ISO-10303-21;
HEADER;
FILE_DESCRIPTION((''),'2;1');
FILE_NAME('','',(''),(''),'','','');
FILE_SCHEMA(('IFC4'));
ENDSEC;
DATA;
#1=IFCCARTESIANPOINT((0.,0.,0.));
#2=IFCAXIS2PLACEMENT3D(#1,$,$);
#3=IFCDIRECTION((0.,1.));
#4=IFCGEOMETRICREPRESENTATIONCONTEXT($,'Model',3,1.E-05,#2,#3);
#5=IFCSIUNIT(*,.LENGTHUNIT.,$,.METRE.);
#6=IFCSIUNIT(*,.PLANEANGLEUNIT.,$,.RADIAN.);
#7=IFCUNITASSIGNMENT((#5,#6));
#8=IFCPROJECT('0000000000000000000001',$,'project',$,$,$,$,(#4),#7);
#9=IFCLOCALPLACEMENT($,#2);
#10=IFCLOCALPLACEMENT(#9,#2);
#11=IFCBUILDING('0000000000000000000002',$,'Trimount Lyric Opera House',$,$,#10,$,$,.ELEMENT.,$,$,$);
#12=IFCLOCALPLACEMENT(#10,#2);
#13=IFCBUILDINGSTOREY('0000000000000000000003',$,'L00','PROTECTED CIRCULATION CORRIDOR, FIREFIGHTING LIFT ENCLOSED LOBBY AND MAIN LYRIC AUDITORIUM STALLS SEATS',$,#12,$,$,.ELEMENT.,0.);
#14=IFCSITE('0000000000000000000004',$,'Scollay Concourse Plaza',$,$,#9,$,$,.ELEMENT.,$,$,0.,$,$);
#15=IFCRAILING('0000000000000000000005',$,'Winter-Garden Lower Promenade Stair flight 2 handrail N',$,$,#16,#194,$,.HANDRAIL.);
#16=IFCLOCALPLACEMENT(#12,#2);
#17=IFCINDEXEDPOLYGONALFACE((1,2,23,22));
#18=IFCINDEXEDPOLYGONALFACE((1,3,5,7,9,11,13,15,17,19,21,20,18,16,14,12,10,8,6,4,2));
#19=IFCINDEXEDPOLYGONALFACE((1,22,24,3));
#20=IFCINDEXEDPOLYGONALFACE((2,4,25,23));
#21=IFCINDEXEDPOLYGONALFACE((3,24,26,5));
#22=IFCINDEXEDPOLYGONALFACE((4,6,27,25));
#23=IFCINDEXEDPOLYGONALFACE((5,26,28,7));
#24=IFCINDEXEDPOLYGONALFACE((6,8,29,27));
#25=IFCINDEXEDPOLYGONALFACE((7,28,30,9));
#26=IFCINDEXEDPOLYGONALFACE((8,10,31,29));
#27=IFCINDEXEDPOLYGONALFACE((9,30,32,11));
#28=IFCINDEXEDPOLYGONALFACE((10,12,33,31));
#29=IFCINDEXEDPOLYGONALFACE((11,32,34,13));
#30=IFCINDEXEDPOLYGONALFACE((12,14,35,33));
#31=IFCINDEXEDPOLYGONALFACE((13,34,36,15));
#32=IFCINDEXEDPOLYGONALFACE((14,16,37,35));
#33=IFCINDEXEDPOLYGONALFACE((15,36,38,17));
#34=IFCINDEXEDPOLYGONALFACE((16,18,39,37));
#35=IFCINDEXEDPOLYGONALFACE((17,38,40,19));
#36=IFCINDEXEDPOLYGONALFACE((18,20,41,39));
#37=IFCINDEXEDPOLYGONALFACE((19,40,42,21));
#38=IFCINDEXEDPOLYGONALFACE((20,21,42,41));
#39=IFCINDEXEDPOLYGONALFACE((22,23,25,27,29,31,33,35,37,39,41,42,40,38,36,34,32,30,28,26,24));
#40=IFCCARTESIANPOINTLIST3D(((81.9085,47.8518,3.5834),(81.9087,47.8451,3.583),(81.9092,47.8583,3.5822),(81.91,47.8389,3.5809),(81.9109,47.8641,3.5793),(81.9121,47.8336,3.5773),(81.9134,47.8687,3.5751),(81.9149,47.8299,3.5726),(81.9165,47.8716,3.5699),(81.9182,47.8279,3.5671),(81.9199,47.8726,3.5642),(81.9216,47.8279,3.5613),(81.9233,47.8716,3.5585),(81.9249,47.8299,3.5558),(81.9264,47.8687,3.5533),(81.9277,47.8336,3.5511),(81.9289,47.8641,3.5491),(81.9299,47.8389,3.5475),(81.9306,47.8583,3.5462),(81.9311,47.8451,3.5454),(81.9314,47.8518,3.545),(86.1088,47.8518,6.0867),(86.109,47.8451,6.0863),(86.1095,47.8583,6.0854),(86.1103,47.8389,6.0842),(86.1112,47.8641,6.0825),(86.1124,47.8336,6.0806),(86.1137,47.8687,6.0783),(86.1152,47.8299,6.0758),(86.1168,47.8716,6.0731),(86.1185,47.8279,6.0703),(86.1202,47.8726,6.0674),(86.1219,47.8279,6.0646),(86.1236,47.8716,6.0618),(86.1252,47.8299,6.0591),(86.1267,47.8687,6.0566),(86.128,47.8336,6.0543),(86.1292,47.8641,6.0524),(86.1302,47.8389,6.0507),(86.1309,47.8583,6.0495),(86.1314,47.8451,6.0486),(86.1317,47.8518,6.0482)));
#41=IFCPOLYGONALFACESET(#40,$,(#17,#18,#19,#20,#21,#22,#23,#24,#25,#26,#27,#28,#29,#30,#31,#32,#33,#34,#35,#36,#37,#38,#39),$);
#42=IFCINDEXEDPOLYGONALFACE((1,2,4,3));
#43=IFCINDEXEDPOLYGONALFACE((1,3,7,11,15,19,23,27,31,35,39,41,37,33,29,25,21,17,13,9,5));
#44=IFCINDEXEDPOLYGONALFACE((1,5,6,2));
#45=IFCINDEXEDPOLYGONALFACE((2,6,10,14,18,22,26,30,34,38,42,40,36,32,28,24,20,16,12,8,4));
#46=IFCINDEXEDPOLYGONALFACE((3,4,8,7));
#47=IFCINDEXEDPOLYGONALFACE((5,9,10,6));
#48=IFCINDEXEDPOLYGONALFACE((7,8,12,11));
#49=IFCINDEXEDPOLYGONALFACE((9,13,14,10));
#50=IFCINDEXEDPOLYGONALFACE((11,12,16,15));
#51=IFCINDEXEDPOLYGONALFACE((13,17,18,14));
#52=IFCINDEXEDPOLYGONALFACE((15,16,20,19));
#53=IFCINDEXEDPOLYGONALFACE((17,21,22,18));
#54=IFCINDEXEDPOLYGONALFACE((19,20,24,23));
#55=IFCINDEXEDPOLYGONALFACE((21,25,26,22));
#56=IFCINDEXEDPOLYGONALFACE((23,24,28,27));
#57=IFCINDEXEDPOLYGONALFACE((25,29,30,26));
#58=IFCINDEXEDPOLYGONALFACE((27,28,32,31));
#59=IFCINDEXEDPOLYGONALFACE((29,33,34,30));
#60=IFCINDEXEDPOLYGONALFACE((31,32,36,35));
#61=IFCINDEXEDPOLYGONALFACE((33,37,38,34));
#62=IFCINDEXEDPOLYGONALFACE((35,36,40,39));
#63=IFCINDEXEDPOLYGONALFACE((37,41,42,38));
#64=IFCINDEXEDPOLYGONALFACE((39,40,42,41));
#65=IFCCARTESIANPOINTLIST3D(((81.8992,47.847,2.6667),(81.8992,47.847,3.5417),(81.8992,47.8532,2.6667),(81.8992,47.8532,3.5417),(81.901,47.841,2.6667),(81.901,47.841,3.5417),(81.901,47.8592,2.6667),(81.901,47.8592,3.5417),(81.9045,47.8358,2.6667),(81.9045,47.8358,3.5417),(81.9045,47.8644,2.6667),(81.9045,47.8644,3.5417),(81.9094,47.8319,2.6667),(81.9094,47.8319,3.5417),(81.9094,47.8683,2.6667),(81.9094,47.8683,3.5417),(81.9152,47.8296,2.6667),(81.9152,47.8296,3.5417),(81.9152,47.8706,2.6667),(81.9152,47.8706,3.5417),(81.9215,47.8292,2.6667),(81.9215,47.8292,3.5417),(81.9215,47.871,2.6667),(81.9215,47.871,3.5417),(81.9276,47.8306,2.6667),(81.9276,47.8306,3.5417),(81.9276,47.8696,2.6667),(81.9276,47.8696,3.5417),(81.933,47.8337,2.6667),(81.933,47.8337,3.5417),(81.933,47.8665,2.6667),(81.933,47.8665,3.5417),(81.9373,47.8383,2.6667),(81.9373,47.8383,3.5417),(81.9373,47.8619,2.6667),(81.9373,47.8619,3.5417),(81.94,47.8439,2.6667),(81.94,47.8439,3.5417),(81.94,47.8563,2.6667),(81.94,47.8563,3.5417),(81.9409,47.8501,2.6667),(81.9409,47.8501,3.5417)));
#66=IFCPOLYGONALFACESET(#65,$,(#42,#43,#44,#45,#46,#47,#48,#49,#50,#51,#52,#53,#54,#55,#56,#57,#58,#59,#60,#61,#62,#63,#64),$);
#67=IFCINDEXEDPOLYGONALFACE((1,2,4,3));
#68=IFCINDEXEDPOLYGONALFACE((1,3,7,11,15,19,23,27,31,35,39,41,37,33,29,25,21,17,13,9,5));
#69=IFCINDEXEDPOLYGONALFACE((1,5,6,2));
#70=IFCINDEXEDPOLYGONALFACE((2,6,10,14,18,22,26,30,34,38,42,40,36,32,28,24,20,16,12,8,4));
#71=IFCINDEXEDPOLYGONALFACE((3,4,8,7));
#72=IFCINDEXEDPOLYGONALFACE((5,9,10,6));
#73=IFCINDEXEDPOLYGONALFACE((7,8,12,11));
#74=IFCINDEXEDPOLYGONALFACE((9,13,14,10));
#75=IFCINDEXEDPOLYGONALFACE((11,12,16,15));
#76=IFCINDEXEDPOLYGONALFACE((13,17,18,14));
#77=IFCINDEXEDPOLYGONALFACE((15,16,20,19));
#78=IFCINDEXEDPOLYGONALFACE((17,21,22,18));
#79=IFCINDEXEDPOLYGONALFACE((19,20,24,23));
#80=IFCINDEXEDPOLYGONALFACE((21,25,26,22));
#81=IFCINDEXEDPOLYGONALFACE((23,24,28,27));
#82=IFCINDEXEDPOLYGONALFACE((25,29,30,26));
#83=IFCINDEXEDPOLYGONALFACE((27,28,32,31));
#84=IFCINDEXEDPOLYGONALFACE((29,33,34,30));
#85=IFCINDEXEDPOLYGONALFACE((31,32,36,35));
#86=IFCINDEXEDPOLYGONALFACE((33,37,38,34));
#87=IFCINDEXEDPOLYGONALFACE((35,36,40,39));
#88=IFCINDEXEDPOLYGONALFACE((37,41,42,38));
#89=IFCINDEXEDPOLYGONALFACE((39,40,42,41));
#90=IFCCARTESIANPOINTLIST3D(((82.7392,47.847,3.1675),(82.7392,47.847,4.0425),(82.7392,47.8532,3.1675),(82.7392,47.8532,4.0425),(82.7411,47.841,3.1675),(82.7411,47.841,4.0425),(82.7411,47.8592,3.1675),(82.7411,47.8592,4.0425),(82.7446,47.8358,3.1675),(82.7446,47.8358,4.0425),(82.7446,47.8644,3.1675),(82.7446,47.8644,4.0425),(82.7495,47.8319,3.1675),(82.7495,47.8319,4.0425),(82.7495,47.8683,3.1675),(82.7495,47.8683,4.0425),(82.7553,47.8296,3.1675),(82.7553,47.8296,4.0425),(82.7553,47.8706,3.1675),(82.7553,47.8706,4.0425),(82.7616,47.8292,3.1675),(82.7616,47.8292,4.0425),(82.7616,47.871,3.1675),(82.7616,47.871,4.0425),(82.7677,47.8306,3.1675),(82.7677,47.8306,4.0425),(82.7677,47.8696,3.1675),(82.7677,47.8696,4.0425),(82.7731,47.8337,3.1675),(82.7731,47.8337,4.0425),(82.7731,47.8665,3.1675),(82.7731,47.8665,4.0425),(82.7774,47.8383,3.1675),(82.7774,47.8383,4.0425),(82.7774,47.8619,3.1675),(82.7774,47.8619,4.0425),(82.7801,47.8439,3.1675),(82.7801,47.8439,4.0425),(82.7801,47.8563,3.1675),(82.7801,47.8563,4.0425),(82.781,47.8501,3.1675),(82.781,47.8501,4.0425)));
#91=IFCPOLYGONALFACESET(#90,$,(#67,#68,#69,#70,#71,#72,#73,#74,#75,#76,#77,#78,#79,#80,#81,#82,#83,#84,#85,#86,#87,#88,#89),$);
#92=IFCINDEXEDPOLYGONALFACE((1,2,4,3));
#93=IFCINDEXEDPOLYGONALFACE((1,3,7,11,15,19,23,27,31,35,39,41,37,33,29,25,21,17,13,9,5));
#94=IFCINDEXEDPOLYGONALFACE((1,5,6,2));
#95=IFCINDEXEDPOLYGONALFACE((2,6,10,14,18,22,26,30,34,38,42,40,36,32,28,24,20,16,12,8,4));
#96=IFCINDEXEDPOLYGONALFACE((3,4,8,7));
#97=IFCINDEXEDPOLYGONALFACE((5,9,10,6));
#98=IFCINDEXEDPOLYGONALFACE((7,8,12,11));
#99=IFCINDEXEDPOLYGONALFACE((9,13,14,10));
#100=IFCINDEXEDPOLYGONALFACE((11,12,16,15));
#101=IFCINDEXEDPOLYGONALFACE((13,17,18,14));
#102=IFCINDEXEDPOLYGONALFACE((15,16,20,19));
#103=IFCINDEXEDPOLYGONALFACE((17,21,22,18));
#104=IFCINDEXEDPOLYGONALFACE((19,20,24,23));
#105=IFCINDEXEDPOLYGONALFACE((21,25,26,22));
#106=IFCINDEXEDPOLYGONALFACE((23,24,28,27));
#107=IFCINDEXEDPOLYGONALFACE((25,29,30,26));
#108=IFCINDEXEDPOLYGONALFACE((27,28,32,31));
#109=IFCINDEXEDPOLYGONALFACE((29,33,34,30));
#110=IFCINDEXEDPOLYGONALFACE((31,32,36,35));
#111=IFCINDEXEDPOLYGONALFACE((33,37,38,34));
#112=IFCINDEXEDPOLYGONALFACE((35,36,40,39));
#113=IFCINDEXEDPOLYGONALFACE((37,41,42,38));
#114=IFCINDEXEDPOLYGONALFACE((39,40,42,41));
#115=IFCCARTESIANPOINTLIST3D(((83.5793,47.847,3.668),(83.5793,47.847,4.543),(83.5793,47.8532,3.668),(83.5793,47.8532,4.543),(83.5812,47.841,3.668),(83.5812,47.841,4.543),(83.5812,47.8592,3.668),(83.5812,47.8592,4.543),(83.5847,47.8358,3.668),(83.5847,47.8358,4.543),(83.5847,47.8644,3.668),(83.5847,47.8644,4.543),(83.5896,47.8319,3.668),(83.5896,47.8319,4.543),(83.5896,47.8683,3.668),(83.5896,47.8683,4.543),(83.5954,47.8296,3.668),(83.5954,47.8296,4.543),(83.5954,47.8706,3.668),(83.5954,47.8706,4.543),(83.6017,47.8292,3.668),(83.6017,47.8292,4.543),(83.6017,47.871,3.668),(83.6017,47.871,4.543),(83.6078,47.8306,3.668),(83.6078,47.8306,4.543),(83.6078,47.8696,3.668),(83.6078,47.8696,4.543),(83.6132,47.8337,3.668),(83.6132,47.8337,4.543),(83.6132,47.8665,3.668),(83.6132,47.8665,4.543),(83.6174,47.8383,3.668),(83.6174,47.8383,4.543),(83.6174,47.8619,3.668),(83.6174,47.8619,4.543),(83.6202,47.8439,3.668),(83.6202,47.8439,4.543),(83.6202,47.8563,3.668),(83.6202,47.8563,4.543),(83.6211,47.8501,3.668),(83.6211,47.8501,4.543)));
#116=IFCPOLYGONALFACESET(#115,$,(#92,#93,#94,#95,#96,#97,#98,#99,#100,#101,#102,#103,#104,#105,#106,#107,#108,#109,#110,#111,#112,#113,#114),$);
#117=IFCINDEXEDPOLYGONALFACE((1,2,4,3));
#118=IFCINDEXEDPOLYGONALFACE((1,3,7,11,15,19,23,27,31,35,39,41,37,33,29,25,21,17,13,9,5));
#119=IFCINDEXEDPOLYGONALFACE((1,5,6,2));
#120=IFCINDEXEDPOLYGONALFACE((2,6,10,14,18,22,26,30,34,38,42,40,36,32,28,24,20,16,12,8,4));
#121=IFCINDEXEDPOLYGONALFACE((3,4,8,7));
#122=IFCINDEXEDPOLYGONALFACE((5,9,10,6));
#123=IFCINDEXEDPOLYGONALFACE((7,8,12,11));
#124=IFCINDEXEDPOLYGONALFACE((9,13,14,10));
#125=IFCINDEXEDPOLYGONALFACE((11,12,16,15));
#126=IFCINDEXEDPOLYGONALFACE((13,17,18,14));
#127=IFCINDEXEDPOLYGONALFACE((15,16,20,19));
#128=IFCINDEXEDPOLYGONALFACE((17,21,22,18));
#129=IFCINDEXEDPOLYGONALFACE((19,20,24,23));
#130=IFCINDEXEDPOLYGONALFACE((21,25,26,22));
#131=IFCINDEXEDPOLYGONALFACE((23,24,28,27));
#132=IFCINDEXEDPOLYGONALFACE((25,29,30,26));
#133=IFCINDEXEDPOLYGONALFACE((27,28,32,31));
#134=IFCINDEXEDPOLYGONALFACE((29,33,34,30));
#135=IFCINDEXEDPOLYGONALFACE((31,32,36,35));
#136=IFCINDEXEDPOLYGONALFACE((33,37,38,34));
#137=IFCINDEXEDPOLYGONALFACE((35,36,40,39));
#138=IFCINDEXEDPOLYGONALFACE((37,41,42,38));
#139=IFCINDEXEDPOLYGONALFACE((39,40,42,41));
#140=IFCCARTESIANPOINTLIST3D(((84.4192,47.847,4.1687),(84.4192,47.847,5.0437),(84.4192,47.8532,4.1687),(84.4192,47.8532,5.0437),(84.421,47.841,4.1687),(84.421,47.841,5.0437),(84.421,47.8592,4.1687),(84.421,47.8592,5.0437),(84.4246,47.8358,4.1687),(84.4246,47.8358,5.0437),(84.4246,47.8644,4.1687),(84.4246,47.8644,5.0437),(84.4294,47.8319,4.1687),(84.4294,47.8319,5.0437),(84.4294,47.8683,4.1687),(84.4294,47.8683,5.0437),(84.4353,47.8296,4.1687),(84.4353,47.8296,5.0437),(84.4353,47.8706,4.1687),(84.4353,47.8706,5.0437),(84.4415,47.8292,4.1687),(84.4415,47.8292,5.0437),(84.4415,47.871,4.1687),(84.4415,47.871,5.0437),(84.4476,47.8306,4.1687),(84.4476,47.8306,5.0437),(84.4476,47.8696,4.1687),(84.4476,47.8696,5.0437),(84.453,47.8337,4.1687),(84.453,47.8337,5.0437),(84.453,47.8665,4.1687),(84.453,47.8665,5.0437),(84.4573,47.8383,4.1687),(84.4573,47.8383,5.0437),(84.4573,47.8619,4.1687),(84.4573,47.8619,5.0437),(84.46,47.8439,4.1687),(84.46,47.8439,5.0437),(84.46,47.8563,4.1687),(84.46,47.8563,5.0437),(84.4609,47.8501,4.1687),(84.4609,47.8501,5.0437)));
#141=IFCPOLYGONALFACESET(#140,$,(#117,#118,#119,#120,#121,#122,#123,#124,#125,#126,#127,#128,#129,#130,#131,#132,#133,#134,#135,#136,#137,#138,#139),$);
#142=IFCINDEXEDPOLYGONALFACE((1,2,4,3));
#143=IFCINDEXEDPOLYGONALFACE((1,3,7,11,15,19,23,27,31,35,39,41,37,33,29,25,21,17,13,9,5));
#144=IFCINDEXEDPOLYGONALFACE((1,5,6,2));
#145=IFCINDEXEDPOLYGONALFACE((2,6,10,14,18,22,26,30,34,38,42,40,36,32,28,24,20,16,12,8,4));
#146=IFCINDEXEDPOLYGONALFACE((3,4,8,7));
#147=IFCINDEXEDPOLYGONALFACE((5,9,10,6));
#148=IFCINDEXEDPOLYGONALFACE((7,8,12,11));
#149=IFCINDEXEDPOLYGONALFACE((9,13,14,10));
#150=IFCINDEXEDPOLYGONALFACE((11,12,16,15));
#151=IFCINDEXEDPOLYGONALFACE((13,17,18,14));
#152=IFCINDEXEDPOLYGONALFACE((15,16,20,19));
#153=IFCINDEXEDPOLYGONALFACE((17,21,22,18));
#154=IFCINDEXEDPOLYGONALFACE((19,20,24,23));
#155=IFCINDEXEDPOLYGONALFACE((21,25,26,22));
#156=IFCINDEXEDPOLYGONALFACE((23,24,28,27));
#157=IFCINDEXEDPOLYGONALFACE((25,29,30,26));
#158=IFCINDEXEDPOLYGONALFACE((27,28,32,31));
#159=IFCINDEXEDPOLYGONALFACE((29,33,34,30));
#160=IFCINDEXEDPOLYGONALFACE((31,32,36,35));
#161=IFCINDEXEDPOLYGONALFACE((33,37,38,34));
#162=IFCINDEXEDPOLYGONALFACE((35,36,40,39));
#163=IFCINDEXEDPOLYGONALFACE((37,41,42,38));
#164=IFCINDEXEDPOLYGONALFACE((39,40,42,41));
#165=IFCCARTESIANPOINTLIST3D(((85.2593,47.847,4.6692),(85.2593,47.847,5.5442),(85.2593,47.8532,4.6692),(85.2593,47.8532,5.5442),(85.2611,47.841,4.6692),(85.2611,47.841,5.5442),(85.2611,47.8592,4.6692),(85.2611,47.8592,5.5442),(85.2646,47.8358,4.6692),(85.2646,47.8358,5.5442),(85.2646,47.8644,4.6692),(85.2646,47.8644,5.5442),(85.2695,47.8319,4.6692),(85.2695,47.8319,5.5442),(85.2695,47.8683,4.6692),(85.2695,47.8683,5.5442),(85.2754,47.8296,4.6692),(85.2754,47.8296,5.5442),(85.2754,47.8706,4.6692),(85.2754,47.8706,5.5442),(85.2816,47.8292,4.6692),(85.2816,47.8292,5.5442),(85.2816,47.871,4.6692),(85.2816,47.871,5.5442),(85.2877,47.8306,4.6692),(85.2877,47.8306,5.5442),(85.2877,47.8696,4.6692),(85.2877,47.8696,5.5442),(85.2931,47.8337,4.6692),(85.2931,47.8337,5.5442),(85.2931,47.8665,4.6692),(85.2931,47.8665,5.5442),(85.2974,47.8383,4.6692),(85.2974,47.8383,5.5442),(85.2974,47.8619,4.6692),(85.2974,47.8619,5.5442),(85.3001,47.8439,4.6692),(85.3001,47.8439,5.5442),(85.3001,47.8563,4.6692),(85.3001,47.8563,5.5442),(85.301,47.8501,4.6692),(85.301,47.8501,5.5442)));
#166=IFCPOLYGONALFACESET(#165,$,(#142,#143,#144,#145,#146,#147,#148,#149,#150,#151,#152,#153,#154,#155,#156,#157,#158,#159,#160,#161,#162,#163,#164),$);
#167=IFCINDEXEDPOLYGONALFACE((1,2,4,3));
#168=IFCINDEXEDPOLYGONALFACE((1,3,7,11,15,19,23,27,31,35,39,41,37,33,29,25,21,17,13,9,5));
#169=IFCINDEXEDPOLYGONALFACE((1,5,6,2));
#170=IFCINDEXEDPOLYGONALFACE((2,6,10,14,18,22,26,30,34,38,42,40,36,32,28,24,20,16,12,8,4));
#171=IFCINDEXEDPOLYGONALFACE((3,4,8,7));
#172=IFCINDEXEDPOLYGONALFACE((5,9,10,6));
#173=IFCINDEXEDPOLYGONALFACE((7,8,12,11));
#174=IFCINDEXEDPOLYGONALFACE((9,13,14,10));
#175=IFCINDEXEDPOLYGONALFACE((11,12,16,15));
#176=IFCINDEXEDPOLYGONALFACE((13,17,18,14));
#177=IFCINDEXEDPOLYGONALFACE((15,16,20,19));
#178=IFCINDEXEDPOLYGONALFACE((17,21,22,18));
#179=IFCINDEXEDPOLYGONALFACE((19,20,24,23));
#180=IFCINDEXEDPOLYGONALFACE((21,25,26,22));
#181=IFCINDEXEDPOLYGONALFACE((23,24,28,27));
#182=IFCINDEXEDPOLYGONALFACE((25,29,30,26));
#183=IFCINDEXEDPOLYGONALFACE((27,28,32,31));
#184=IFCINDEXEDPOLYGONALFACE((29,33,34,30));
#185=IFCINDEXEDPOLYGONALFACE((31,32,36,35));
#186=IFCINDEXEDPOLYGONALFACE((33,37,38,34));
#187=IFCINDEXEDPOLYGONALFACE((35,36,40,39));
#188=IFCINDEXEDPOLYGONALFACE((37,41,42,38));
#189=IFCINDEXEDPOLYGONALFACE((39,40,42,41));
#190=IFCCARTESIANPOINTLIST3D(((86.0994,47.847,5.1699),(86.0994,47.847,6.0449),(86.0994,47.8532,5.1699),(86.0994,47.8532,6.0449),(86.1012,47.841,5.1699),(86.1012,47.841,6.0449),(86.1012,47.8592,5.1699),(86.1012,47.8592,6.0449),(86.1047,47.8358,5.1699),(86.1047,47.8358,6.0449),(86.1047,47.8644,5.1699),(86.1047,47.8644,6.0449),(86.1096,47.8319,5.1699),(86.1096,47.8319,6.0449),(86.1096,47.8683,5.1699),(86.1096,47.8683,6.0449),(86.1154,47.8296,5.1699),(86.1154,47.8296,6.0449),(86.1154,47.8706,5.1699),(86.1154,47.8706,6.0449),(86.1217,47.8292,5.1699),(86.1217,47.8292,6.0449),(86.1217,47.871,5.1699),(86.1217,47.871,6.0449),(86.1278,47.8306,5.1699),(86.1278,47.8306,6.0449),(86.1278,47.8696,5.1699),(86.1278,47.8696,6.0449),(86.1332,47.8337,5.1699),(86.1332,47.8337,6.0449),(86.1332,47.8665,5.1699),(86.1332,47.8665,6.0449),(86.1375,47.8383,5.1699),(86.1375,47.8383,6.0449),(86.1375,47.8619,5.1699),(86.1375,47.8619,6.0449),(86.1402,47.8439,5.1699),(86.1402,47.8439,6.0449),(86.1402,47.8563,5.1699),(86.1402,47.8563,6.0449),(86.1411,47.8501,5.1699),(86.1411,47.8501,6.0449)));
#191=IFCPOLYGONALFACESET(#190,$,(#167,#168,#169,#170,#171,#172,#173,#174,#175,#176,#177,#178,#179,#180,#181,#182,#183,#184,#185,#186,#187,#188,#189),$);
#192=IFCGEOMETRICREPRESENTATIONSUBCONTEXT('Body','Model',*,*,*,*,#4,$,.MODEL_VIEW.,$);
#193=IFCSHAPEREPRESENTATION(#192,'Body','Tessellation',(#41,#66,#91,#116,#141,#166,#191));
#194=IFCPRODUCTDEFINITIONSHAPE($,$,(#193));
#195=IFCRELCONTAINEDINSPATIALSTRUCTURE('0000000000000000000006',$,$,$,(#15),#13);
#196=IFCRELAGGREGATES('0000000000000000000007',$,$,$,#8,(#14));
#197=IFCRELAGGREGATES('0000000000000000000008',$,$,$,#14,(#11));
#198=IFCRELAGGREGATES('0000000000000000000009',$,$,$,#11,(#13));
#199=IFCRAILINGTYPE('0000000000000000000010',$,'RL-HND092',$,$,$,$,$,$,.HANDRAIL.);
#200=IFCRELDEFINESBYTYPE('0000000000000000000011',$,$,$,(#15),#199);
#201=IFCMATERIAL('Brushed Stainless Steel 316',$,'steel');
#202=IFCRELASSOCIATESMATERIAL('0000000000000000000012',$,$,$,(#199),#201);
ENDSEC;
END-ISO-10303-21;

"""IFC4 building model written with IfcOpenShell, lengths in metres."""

from ifc_helpers import new_model, si_unit, direction, frame, origin, origin_2d, place, context, subcontext, project, spatial, circle, extrude, material, type_object, element, save


model = new_model("IFC4")

# Units and contexts
model_context = context("Model", 3, precision=1e-05, world=origin(), true_north=direction((0.0, 1.0)))
body_context = subcontext(model_context, "Body", "Model", "MODEL_VIEW")
ifc_project = project(units=[si_unit("LENGTHUNIT", "METRE"), si_unit("PLANEANGLEUNIT", "RADIAN")], contexts=[model_context])

# Site, building, storey
site_placement = place(None, origin())
site = spatial("IfcSite", under=ifc_project, at=site_placement, Name="Scollay Concourse Plaza", CompositionType="ELEMENT", RefElevation=0.0)
building_placement = place(site_placement, origin())
building = spatial("IfcBuilding", under=site, at=building_placement, Name="Trimount Lyric Opera House", CompositionType="ELEMENT")
storey_placement = place(building_placement, origin())
storey = spatial("IfcBuildingStorey", under=building, at=storey_placement, Name="L00", Description="PROTECTED CIRCULATION CORRIDOR, FIREFIGHTING LIFT ENCLOSED LOBBY AND MAIN LYRIC AUDITORIUM STALLS SEATS", CompositionType="ELEMENT", Elevation=0.0)

# Railing
ifc_material_1 = material(Name="Brushed Stainless Steel 316", Category="steel")
railing_type = type_object("IfcRailingType", Name="RL-HND092", PredefinedType="HANDRAIL", material=ifc_material_1)
for number, where, name in (
    (1, (81.9199, 47.8501, 2.6667), "Winter-Garden Lower Promenade Stair flight 2 handrail N"),
):
    element("IfcRailing", number, at=place(storey_placement, frame(where)), inside=storey, type_object=railing_type, Name=name, PredefinedType="HANDRAIL", context=body_context, shape_type="SweptSolid", body=[
        extrude(circle(Radius=0.0225, at=origin_2d()), frame((0.0, 0.0, 0.8975), z_axis=(0.859018, 0.0, 0.511946), x_axis=(0.0, 1.0, 0.0)), (0.0, 0.0, 1.0), 4.8896),
        extrude(circle(Radius=0.021, at=origin_2d()), origin(), (0.0, 0.0, 1.0), 0.875),
        extrude(circle(Radius=0.021, at=origin_2d()), frame((0.8401, 0.0, 0.5007)), (0.0, 0.0, 1.0), 0.875),
        extrude(circle(Radius=0.021, at=origin_2d()), frame((1.6802, 0.0, 1.0012)), (0.0, 0.0, 1.0), 0.875),
        extrude(circle(Radius=0.021, at=origin_2d()), frame((2.52, 0.0, 1.502)), (0.0, 0.0, 1.0), 0.875),
        extrude(circle(Radius=0.021, at=origin_2d()), frame((3.3601, 0.0, 2.0024)), (0.0, 0.0, 1.0), 0.875),
        extrude(circle(Radius=0.021, at=origin_2d()), frame((4.2002, 0.0, 2.5032)), (0.0, 0.0, 1.0), 0.875),
    ])

save(model, "model.ifc")
